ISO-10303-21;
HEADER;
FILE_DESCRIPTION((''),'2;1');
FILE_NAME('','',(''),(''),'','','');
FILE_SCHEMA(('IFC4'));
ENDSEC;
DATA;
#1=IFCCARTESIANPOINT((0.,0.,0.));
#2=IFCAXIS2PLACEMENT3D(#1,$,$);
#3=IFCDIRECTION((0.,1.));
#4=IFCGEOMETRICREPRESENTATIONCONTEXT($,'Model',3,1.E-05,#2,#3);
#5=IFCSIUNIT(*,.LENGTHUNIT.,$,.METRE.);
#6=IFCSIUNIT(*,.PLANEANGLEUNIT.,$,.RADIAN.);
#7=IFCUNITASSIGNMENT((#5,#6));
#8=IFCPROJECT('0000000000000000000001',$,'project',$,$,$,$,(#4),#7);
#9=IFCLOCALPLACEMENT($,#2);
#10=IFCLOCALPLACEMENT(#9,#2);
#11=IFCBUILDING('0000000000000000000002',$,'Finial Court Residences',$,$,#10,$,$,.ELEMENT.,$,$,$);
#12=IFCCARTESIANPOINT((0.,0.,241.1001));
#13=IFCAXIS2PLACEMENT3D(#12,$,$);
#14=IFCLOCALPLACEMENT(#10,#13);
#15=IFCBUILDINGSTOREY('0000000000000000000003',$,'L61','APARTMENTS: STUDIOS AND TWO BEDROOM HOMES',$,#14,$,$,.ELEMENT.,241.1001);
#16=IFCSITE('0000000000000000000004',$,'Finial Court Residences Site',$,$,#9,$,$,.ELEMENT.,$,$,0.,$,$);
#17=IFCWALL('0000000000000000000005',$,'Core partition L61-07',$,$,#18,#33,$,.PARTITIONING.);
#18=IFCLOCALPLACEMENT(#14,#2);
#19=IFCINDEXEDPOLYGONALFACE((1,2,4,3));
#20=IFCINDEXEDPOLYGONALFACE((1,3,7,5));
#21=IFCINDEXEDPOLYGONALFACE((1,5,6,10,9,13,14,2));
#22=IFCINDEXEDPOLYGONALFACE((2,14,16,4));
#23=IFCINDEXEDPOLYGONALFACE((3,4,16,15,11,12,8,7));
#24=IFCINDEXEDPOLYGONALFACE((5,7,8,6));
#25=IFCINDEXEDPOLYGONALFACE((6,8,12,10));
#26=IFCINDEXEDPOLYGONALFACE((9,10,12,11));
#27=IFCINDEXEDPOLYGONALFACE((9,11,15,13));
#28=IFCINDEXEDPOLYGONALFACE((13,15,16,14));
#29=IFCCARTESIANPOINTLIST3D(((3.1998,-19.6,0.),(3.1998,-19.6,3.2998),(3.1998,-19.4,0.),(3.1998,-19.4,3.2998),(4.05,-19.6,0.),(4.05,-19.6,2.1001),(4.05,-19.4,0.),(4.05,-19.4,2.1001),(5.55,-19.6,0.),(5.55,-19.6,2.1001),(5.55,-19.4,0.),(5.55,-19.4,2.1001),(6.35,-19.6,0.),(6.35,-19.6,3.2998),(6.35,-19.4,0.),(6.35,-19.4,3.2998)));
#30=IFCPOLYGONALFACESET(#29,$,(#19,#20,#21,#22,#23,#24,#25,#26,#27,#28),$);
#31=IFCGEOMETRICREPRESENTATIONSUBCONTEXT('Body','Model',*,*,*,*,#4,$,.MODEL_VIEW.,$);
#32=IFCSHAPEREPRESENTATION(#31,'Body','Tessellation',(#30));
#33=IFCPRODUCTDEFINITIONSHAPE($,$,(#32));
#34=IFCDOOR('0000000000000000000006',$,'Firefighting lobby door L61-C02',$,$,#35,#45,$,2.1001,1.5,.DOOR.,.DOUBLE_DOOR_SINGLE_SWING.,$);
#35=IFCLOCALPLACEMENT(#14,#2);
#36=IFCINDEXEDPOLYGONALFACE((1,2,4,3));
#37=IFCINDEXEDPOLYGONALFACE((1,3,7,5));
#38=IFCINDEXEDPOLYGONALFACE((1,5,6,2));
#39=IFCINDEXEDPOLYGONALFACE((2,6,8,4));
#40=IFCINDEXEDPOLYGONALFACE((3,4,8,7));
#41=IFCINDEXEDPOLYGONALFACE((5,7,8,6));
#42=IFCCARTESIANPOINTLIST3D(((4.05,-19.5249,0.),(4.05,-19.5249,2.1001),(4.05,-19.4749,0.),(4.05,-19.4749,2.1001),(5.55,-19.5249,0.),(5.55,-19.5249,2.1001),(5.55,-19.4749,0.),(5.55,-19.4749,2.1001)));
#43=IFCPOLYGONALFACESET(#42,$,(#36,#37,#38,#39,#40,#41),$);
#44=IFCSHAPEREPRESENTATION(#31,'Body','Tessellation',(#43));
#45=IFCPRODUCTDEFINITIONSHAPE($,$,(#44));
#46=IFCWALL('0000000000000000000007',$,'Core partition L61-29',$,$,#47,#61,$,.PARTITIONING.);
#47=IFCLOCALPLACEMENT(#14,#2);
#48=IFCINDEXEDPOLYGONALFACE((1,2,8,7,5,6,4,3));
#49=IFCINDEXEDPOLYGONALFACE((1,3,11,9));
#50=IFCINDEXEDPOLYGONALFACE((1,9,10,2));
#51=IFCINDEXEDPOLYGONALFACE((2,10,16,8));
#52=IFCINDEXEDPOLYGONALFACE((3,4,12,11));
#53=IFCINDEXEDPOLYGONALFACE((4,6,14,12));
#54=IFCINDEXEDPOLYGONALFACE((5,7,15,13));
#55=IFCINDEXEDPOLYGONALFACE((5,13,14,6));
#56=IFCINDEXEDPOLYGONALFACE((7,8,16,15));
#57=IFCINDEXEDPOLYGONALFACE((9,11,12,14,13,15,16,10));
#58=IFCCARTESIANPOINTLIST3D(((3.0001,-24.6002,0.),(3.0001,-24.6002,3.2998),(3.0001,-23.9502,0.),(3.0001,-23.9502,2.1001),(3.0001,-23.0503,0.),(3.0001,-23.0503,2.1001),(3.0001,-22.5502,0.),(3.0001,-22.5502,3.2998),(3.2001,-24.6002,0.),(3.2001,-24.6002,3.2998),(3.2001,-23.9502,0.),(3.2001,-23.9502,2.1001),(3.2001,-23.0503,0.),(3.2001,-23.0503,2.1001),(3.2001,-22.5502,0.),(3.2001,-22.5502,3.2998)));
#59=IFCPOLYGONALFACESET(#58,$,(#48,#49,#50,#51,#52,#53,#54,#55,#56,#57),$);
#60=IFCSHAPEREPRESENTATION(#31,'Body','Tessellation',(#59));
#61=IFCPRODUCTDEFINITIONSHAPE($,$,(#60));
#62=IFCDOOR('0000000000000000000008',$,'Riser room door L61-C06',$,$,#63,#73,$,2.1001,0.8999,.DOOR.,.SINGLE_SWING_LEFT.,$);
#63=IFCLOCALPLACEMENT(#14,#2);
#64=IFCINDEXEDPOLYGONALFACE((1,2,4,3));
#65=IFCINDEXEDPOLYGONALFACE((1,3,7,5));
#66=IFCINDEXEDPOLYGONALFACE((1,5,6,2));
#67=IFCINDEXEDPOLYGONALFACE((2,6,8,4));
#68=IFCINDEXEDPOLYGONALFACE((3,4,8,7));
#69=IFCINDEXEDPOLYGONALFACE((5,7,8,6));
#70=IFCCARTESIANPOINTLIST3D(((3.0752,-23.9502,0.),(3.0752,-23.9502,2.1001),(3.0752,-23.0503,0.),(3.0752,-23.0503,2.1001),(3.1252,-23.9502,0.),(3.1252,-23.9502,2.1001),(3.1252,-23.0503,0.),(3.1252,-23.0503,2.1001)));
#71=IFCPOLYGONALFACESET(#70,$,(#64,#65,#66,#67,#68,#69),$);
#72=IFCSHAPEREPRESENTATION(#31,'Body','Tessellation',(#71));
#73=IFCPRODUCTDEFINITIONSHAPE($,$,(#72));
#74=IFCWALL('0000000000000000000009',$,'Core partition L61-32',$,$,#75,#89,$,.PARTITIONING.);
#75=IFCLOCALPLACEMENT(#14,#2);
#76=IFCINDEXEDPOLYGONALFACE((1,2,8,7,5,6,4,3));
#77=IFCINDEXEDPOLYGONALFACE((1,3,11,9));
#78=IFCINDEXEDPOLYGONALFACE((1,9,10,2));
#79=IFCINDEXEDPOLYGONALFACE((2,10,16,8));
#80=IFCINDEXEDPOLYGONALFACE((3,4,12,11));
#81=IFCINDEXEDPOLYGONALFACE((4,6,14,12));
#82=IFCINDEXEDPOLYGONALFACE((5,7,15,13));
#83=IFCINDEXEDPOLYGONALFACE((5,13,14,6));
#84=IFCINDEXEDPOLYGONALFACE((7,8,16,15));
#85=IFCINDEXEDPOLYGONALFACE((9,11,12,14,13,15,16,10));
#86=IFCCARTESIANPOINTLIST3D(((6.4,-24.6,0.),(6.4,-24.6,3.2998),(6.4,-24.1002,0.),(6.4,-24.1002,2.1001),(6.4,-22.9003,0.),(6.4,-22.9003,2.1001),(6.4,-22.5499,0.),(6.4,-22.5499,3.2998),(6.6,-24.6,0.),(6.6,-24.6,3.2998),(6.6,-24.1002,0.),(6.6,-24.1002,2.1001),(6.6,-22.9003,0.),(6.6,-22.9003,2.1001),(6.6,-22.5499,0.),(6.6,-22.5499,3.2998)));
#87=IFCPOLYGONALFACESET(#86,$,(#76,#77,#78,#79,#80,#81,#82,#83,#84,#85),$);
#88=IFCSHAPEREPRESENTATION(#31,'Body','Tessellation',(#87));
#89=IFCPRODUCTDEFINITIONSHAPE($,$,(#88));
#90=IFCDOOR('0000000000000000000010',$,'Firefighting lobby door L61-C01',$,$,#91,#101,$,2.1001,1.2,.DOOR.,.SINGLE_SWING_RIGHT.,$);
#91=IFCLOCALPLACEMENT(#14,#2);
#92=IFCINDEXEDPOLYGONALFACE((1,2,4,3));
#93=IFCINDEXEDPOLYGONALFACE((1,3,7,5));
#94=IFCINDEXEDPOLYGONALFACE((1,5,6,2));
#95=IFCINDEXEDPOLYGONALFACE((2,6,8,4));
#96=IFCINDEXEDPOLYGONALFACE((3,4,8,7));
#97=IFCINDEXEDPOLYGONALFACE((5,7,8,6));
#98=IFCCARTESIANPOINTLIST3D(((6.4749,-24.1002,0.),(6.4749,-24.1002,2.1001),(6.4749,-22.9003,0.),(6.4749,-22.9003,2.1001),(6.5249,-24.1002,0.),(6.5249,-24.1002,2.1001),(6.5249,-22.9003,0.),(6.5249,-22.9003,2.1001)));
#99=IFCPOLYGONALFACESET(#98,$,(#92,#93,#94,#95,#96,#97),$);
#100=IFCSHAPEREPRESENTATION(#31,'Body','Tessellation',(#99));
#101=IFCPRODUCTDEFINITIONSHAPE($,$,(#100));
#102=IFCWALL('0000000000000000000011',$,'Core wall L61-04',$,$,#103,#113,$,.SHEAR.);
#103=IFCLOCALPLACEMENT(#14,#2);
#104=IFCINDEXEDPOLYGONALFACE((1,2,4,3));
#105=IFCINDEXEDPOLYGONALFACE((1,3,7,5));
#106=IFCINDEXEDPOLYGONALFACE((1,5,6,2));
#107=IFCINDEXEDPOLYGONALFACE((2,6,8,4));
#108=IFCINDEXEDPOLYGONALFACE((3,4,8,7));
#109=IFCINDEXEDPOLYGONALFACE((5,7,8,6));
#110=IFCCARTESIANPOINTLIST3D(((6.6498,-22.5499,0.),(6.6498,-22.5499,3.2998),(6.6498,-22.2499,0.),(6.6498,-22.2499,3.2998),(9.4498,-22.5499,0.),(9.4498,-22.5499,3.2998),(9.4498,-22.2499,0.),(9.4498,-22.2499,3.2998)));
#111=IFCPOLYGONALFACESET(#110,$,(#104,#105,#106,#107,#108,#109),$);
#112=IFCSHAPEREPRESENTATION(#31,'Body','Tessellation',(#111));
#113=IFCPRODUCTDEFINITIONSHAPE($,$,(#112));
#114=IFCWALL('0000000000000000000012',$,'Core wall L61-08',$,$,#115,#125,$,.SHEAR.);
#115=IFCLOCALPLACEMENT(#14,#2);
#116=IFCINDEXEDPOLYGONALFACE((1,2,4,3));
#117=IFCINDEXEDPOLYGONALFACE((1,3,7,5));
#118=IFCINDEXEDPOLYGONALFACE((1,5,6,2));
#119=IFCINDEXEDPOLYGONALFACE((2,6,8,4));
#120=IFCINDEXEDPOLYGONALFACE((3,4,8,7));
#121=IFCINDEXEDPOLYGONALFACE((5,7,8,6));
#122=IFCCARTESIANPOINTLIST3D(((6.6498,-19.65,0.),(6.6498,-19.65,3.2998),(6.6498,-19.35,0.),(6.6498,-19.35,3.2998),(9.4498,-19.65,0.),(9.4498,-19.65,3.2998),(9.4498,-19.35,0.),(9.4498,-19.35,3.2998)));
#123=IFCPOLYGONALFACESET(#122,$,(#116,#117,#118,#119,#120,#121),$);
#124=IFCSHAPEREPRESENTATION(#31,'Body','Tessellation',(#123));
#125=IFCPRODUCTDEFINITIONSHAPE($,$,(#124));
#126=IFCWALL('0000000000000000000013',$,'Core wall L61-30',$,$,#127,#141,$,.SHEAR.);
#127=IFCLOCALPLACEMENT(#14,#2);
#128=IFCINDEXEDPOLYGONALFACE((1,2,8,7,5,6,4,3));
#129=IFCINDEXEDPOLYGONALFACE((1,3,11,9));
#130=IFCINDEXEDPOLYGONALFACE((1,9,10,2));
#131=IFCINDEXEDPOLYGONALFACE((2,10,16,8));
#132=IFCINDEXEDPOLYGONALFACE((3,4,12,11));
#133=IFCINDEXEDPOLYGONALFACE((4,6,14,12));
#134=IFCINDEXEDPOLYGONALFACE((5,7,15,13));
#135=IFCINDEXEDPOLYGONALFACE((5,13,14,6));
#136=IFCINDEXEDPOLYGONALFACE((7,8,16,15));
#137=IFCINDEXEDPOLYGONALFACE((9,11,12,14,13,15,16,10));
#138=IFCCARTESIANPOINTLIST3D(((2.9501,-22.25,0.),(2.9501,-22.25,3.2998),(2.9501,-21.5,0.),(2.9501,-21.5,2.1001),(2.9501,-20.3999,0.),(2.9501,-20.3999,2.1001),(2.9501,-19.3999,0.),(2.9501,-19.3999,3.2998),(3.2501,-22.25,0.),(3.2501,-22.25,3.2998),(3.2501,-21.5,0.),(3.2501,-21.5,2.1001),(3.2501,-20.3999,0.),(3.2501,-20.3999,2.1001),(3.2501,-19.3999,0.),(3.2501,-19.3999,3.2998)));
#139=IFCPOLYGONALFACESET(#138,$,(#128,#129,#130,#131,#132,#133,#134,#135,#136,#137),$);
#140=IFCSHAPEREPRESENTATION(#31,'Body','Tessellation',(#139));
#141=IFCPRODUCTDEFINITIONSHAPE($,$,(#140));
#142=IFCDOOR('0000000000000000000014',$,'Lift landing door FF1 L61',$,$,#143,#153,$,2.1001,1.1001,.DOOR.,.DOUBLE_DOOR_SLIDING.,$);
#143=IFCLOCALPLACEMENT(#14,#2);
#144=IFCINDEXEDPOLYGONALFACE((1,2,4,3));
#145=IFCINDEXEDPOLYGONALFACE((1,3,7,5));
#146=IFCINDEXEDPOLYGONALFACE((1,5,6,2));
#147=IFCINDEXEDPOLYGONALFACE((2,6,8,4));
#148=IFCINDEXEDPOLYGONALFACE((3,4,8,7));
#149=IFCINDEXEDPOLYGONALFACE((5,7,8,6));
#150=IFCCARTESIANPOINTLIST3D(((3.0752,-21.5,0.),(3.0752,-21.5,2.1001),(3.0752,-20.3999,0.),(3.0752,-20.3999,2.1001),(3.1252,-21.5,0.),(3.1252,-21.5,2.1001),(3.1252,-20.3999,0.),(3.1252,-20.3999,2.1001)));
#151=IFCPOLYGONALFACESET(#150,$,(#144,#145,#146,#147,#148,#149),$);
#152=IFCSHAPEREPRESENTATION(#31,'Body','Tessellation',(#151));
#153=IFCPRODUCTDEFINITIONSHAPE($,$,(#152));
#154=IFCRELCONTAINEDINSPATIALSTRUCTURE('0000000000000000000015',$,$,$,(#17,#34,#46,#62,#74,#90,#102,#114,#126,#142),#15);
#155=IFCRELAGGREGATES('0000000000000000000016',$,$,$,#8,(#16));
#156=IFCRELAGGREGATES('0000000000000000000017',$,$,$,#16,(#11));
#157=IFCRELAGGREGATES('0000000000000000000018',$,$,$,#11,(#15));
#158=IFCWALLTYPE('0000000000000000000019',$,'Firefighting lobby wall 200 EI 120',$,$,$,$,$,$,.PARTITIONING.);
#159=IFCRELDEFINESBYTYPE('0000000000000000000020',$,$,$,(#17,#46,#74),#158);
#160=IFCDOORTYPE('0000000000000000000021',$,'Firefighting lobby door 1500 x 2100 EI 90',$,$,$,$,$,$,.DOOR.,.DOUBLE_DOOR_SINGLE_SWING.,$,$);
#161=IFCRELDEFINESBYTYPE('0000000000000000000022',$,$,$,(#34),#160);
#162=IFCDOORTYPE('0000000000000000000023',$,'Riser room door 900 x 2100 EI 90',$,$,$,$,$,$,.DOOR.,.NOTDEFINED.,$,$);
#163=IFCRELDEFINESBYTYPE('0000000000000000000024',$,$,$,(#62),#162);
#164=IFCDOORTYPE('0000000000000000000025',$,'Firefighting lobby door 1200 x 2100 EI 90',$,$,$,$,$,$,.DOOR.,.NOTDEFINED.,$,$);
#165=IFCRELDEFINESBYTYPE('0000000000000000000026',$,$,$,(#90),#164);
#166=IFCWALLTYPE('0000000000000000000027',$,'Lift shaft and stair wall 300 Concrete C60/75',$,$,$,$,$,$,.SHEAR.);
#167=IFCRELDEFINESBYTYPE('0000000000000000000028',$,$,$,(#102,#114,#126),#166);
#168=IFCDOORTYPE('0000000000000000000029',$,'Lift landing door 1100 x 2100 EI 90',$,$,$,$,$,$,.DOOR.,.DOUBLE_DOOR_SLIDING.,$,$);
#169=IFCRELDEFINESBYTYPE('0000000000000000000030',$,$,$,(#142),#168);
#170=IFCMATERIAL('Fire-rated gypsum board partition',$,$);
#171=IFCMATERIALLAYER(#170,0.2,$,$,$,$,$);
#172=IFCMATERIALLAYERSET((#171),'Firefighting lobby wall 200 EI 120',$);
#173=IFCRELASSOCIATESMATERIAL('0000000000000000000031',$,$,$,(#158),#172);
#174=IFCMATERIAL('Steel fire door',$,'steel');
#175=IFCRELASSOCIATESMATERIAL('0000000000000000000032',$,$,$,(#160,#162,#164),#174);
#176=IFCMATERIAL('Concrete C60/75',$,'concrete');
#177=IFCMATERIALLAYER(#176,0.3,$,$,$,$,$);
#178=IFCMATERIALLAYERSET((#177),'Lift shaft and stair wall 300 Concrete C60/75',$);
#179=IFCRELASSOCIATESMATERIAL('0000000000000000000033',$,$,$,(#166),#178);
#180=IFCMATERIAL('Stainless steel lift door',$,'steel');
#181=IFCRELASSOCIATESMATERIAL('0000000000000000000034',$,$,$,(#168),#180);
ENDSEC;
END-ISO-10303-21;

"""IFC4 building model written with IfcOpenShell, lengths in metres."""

from ifc_helpers import new_model, si_unit, direction, frame, frame_2d, origin, place, context, subcontext, project, spatial, rectangle, extrude, material, layer, layer_set, type_object, element, fill, save


model = new_model("IFC4")

# Units and contexts
model_context = context("Model", 3, precision=1e-05, world=origin(), true_north=direction((0.0, 1.0)))
body_context = subcontext(model_context, "Body", "Model", "MODEL_VIEW")
ifc_project = project(units=[si_unit("LENGTHUNIT", "METRE"), si_unit("PLANEANGLEUNIT", "RADIAN")], contexts=[model_context])

# Site, building, storey
site_placement = place(None, origin())
site = spatial("IfcSite", under=ifc_project, at=site_placement, Name="Finial Court Residences Site", CompositionType="ELEMENT", RefElevation=0.0)
building_placement = place(site_placement, origin())
building = spatial("IfcBuilding", under=site, at=building_placement, Name="Finial Court Residences", CompositionType="ELEMENT")
storey_placement = place(building_placement, frame((0.0, 0.0, 241.1001)))
storey = spatial("IfcBuildingStorey", under=building, at=storey_placement, Name="L61", Description="APARTMENTS: STUDIOS AND TWO BEDROOM HOMES", CompositionType="ELEMENT", Elevation=241.1001)

# Walls, openings, doors
ifc_material_1 = material(Name="Fire-rated gypsum board partition")
ifc_layer_1 = layer(ifc_material_1, 0.2)
ifc_layer_set_1 = layer_set([ifc_layer_1], Name="Firefighting lobby wall 200 EI 120")
wall_type_1 = type_object("IfcWallType", Name="Firefighting lobby wall 200 EI 120", PredefinedType="PARTITIONING", material=ifc_layer_set_1)
wall_1_placement = place(storey_placement, frame((6.3501, -19.5, 0.0), z_axis=(0.0, 0.0, 1.0), x_axis=(-1.0, 0.0, 0.0)))
wall_1 = element("IfcWall", 1, at=wall_1_placement, inside=storey, type_object=wall_type_1, Name="Core partition L61-07", PredefinedType="PARTITIONING", context=body_context, shape_type="SweptSolid", body=[
    extrude(rectangle(XDim=3.1501, YDim=0.2, at=frame_2d((1.5752, 0.0))), origin(), (0.0, 0.0, 1.0), 3.2998),
])
opening_1_placement = place(wall_1_placement, frame((0.8, 0.0, 0.0)))
opening_1 = element("IfcOpeningElement", 2, at=opening_1_placement, cuts=wall_1, PredefinedType="OPENING", context=body_context, shape_type="SweptSolid", body=[
    extrude(rectangle(XDim=1.5, YDim=2.1001, at=frame_2d((0.75, 1.05))), frame((0.0, 0.1099, 0.0), z_axis=(0.0, -1.0, 0.0), x_axis=(1.0, 0.0, 0.0)), (0.0, 0.0, 1.0), 0.22),
])
ifc_material_2 = material(Name="Steel fire door", Category="steel")
door_type_1 = type_object("IfcDoorType", Name="Firefighting lobby door 1500 x 2100 EI 90", OperationType="DOUBLE_DOOR_SINGLE_SWING", PredefinedType="DOOR", material=ifc_material_2)
door_1_placement = place(opening_1_placement, origin())
door_1 = element("IfcDoor", 3, at=door_1_placement, inside=storey, type_object=door_type_1, Name="Firefighting lobby door L61-C02", OperationType="DOUBLE_DOOR_SINGLE_SWING", OverallHeight=2.1001, OverallWidth=1.5, PredefinedType="DOOR", context=body_context, shape_type="SweptSolid", body=[
    extrude(rectangle(XDim=1.5, YDim=2.1001, at=frame_2d((0.75, 1.05))), frame((0.0, 0.0249, 0.0), z_axis=(0.0, -1.0, 0.0), x_axis=(1.0, 0.0, 0.0)), (0.0, 0.0, 1.0), 0.05),
])
fill(opening_1, door_1)
wall_2_placement = place(storey_placement, frame((3.1001, -24.6001, 0.0), z_axis=(0.0, 0.0, 1.0), x_axis=(0.0, 1.0, 0.0)))
wall_2 = element("IfcWall", 4, at=wall_2_placement, inside=storey, type_object=wall_type_1, Name="Core partition L61-29", PredefinedType="PARTITIONING", context=body_context, shape_type="SweptSolid", body=[
    extrude(rectangle(XDim=2.05, YDim=0.2, at=frame_2d((1.0249, 0.0))), origin(), (0.0, 0.0, 1.0), 3.2998),
])
opening_2_placement = place(wall_2_placement, frame((0.6499, 0.0, 0.0)))
opening_2 = element("IfcOpeningElement", 5, at=opening_2_placement, cuts=wall_2, PredefinedType="OPENING", context=body_context, shape_type="SweptSolid", body=[
    extrude(rectangle(XDim=0.8999, YDim=2.1001, at=frame_2d((0.45, 1.05))), frame((0.0, 0.1099, 0.0), z_axis=(0.0, -1.0, 0.0), x_axis=(1.0, 0.0, 0.0)), (0.0, 0.0, 1.0), 0.22),
])
door_type_2 = type_object("IfcDoorType", Name="Riser room door 900 x 2100 EI 90", OperationType="NOTDEFINED", PredefinedType="DOOR", material=ifc_material_2)
door_2_placement = place(opening_2_placement, origin())
door_2 = element("IfcDoor", 6, at=door_2_placement, inside=storey, type_object=door_type_2, Name="Riser room door L61-C06", OperationType="SINGLE_SWING_LEFT", OverallHeight=2.1001, OverallWidth=0.8999, PredefinedType="DOOR", context=body_context, shape_type="SweptSolid", body=[
    extrude(rectangle(XDim=0.8999, YDim=2.1001, at=frame_2d((0.45, 1.05))), frame((0.0, 0.0249, 0.0), z_axis=(0.0, -1.0, 0.0), x_axis=(1.0, 0.0, 0.0)), (0.0, 0.0, 1.0), 0.05),
])
fill(opening_2, door_2)
wall_3_placement = place(storey_placement, frame((6.5, -22.55, 0.0), z_axis=(0.0, 0.0, 1.0), x_axis=(0.0, -1.0, 0.0)))
wall_3 = element("IfcWall", 7, at=wall_3_placement, inside=storey, type_object=wall_type_1, Name="Core partition L61-32", PredefinedType="PARTITIONING", context=body_context, shape_type="SweptSolid", body=[
    extrude(rectangle(XDim=2.05, YDim=0.2, at=frame_2d((1.0249, 0.0))), origin(), (0.0, 0.0, 1.0), 3.2998),
])
opening_3_placement = place(wall_3_placement, frame((0.3501, 0.0, 0.0)))
opening_3 = element("IfcOpeningElement", 8, at=opening_3_placement, cuts=wall_3, PredefinedType="OPENING", context=body_context, shape_type="SweptSolid", body=[
    extrude(rectangle(XDim=1.2, YDim=2.1001, at=frame_2d((0.6001, 1.05))), frame((0.0, 0.1099, 0.0), z_axis=(0.0, -1.0, 0.0), x_axis=(1.0, 0.0, 0.0)), (0.0, 0.0, 1.0), 0.22),
])
door_type_3 = type_object("IfcDoorType", Name="Firefighting lobby door 1200 x 2100 EI 90", OperationType="NOTDEFINED", PredefinedType="DOOR", material=ifc_material_2)
door_3_placement = place(opening_3_placement, origin())
door_3 = element("IfcDoor", 9, at=door_3_placement, inside=storey, type_object=door_type_3, Name="Firefighting lobby door L61-C01", OperationType="SINGLE_SWING_RIGHT", OverallHeight=2.1001, OverallWidth=1.2, PredefinedType="DOOR", context=body_context, shape_type="SweptSolid", body=[
    extrude(rectangle(XDim=1.2, YDim=2.1001, at=frame_2d((0.6001, 1.05))), frame((0.0, 0.0249, 0.0), z_axis=(0.0, -1.0, 0.0), x_axis=(1.0, 0.0, 0.0)), (0.0, 0.0, 1.0), 0.05),
])
fill(opening_3, door_3)

# Walls
ifc_material_3 = material(Name="Concrete C60/75", Category="concrete")
ifc_layer_2 = layer(ifc_material_3, 0.3)
ifc_layer_set_2 = layer_set([ifc_layer_2], Name="Lift shaft and stair wall 300 Concrete C60/75")
wall_type_2 = type_object("IfcWallType", Name="Lift shaft and stair wall 300 Concrete C60/75", PredefinedType="SHEAR", material=ifc_layer_set_2)
for number, where, z_axis, x_axis, name in (
    (10, (6.6499, -22.3999, 0.0), (0.0, 0.0, 1.0), (1.0, 0.0, 0.0), "Core wall L61-04"),
    (11, (6.6499, -19.5, 0.0), (0.0, 0.0, 1.0), (1.0, 0.0, 0.0), "Core wall L61-08"),
):
    element("IfcWall", number, at=place(storey_placement, frame(where, z_axis=z_axis, x_axis=x_axis)), inside=storey, type_object=wall_type_2, Name=name, PredefinedType="SHEAR", context=body_context, shape_type="SweptSolid", body=[
        extrude(rectangle(XDim=2.8, YDim=0.3, at=frame_2d((1.3999, 0.0))), origin(), (0.0, 0.0, 1.0), 3.2998),
    ])

# Wall, opening, door
wall_4_placement = place(storey_placement, frame((3.1001, -22.25, 0.0), z_axis=(0.0, 0.0, 1.0), x_axis=(0.0, 1.0, 0.0)))
wall_4 = element("IfcWall", 12, at=wall_4_placement, inside=storey, type_object=wall_type_2, Name="Core wall L61-30", PredefinedType="SHEAR", context=body_context, shape_type="SweptSolid", body=[
    extrude(rectangle(XDim=2.8501, YDim=0.3, at=frame_2d((1.425, 0.0))), origin(), (0.0, 0.0, 1.0), 3.2998),
])
opening_4_placement = place(wall_4_placement, frame((0.75, 0.0, 0.0)))
opening_4 = element("IfcOpeningElement", 13, at=opening_4_placement, cuts=wall_4, PredefinedType="OPENING", context=body_context, shape_type="SweptSolid", body=[
    extrude(rectangle(XDim=1.1001, YDim=2.1001, at=frame_2d((0.55, 1.05))), frame((0.0, 0.1599, 0.0), z_axis=(0.0, -1.0, 0.0), x_axis=(1.0, 0.0, 0.0)), (0.0, 0.0, 1.0), 0.3201),
])
ifc_material_4 = material(Name="Stainless steel lift door", Category="steel")
door_type_4 = type_object("IfcDoorType", Name="Lift landing door 1100 x 2100 EI 90", OperationType="DOUBLE_DOOR_SLIDING", PredefinedType="DOOR", material=ifc_material_4)
door_4_placement = place(opening_4_placement, origin())
door_4 = element("IfcDoor", 14, at=door_4_placement, inside=storey, type_object=door_type_4, Name="Lift landing door FF1 L61", OperationType="DOUBLE_DOOR_SLIDING", OverallHeight=2.1001, OverallWidth=1.1001, PredefinedType="DOOR", context=body_context, shape_type="SweptSolid", body=[
    extrude(rectangle(XDim=1.1001, YDim=2.1001, at=frame_2d((0.55, 1.05))), frame((0.0, 0.0249, 0.0), z_axis=(0.0, -1.0, 0.0), x_axis=(1.0, 0.0, 0.0)), (0.0, 0.0, 1.0), 0.05),
])
fill(opening_4, door_4)

save(model, "model.ifc")
